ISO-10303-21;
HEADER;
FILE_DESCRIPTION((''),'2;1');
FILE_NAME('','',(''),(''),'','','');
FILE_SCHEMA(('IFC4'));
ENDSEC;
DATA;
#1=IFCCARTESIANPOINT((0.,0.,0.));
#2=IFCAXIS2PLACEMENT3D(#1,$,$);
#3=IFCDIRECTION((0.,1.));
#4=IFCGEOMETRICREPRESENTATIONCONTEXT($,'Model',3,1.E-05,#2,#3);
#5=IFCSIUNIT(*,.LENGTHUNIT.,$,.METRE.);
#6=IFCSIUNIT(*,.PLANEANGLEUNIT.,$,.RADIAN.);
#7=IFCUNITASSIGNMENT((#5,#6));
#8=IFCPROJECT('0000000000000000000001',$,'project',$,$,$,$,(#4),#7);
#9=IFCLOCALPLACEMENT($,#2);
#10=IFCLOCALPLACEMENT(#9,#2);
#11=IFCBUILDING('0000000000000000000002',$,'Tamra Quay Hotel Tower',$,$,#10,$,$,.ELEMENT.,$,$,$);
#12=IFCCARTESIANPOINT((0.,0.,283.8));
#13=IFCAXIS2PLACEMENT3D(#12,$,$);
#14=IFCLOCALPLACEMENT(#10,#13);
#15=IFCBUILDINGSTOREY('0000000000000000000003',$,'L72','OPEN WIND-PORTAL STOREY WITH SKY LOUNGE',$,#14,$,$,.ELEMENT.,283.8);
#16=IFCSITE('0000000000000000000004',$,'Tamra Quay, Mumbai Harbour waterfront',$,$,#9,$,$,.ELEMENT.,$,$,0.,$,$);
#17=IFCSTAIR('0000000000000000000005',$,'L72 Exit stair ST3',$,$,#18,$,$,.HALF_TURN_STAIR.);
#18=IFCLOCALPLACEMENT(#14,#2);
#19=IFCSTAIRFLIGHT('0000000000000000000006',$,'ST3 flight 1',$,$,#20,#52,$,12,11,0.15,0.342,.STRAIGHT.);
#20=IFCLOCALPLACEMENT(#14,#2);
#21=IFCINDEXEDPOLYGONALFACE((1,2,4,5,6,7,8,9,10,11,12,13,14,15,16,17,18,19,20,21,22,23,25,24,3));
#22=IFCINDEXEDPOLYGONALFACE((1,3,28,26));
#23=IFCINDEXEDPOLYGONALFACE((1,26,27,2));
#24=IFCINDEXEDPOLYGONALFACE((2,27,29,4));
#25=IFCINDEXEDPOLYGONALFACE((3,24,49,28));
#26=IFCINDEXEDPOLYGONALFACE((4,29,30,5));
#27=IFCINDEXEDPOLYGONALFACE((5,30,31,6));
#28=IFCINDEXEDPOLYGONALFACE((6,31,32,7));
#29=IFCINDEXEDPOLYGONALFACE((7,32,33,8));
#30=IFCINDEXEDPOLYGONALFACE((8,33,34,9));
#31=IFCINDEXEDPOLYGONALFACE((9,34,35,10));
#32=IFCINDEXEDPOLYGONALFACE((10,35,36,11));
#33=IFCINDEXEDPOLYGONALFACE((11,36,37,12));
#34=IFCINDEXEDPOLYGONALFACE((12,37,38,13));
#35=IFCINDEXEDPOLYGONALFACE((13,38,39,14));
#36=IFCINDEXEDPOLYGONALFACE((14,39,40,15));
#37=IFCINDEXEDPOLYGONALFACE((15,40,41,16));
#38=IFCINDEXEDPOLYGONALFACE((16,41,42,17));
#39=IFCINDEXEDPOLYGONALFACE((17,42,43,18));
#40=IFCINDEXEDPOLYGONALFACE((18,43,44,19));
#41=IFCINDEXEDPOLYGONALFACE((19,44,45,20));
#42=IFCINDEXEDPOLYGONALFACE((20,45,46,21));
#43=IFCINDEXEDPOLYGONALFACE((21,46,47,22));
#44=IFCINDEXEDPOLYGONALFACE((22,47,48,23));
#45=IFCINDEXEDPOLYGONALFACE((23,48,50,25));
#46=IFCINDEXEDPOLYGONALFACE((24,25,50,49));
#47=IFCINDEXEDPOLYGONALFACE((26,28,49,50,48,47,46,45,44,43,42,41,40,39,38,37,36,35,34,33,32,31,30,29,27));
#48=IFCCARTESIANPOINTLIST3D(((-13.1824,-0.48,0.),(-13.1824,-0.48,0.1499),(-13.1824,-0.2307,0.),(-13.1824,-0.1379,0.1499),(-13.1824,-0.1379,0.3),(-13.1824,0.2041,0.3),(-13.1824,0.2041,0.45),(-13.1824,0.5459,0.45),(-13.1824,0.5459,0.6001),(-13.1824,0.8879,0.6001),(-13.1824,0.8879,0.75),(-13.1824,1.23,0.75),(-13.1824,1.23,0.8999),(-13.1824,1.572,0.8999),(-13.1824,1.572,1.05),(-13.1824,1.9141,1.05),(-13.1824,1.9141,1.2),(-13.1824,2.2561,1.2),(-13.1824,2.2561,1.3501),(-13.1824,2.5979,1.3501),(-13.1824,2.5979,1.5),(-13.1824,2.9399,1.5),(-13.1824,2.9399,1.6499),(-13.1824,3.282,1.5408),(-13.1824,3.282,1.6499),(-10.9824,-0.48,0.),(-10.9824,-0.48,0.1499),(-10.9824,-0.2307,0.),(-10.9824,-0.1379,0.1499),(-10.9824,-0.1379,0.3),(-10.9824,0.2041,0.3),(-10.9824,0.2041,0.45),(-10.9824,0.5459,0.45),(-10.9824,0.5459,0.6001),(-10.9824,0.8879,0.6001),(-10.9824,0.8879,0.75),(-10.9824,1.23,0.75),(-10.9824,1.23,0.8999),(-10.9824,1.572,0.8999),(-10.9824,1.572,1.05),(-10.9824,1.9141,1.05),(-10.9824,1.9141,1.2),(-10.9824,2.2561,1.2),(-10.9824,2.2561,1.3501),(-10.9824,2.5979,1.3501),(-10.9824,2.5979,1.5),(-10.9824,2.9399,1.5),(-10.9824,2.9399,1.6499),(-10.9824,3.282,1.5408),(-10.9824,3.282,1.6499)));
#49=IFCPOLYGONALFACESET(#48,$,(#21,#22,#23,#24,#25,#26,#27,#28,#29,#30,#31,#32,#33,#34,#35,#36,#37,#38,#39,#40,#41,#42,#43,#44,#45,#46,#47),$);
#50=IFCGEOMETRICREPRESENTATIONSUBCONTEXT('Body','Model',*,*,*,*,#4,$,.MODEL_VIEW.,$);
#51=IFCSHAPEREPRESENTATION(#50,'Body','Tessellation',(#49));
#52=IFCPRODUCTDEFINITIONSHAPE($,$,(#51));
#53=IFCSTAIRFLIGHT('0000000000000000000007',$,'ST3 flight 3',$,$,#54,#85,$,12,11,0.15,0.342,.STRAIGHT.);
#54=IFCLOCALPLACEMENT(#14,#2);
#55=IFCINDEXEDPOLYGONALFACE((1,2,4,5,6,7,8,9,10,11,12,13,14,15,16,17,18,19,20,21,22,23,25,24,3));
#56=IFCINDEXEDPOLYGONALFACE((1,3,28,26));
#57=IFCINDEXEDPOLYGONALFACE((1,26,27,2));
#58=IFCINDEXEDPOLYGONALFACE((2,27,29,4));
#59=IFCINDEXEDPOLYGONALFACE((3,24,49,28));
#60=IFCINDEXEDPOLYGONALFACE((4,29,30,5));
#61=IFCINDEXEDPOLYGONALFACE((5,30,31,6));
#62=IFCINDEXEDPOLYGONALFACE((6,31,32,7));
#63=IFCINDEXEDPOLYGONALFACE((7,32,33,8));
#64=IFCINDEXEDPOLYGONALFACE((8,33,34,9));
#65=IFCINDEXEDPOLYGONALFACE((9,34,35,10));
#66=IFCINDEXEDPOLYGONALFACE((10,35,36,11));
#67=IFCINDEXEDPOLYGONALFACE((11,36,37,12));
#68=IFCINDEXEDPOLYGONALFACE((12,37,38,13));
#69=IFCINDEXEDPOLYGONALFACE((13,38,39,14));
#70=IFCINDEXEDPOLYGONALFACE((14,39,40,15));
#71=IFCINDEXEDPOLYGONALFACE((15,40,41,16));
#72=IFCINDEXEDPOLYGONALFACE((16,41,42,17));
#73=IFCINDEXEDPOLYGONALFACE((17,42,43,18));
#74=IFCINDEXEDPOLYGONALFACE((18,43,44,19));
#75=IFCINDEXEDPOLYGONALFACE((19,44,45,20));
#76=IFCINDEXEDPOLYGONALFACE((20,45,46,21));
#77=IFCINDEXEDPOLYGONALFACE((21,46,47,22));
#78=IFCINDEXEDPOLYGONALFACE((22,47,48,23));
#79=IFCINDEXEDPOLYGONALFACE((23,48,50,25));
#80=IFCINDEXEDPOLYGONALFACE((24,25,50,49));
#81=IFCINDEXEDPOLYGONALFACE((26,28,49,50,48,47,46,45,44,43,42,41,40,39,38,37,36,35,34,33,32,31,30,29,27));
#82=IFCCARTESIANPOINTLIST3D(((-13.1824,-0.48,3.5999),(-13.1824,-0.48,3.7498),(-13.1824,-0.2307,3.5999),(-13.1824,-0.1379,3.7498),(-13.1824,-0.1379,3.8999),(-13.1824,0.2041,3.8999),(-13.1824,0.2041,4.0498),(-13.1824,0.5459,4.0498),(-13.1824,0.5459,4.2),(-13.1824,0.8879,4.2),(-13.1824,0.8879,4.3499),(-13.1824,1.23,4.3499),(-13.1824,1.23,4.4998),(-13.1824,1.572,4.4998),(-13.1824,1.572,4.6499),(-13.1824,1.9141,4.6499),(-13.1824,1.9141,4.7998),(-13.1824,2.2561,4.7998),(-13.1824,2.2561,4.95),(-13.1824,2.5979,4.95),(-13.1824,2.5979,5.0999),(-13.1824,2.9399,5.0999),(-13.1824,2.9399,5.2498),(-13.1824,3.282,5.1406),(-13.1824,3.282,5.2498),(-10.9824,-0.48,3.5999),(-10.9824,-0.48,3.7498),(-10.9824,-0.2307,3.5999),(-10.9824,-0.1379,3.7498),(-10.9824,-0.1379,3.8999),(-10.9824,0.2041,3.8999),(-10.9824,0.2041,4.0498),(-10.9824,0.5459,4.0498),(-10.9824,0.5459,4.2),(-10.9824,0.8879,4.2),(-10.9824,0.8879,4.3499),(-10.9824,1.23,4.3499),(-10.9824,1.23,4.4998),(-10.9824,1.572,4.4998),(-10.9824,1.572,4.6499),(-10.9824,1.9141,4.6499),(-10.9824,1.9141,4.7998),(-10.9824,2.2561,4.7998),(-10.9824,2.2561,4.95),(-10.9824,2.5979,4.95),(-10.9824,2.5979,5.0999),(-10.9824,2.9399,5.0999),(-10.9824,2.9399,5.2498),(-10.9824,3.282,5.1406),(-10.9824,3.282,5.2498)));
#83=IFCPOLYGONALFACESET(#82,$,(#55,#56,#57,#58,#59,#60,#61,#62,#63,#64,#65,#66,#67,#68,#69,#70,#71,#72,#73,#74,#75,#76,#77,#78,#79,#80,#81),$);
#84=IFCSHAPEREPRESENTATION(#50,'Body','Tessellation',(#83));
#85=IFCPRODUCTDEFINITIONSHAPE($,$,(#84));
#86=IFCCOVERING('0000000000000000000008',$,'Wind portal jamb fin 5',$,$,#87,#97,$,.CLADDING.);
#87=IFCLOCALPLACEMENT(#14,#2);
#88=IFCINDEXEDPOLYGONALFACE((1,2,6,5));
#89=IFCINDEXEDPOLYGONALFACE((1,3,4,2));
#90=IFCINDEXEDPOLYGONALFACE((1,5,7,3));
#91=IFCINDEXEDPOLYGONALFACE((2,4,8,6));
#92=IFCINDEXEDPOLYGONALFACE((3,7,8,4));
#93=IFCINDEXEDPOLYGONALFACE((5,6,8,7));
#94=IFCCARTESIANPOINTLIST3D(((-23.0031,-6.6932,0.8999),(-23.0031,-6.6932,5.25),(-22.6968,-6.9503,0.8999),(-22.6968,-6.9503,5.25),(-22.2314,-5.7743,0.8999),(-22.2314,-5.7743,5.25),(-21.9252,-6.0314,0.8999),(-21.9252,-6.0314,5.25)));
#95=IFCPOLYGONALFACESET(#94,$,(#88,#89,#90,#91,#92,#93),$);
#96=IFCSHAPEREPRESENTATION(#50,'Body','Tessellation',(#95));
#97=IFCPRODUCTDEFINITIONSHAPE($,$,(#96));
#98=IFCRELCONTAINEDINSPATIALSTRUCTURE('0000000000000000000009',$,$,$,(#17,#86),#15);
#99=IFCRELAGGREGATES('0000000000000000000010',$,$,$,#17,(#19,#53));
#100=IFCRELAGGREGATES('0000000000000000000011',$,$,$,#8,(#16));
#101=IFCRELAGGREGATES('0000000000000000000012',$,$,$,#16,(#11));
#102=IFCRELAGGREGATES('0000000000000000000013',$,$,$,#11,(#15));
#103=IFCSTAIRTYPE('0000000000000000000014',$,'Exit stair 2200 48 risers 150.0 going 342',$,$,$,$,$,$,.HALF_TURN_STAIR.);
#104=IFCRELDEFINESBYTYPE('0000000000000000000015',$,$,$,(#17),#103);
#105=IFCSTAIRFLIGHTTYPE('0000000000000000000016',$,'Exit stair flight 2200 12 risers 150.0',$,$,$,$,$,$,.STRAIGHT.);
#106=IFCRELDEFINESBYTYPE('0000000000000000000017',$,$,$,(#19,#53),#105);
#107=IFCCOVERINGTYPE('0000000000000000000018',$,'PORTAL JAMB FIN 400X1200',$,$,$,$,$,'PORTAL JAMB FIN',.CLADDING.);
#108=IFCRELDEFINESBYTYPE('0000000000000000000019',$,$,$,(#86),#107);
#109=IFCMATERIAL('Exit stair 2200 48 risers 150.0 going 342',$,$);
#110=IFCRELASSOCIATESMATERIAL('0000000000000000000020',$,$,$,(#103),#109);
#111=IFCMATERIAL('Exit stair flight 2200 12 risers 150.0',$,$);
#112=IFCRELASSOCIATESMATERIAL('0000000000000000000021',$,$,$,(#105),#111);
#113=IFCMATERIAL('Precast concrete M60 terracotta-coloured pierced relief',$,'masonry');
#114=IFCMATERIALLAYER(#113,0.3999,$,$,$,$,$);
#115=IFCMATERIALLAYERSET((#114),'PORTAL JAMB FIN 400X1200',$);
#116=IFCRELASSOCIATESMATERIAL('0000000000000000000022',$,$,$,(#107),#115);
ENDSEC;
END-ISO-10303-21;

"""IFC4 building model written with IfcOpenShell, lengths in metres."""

from ifc_helpers import new_model, si_unit, direction, frame, origin, origin_2d, place, context, subcontext, project, spatial, polyline, rectangle, outline, extrude, material, layer, layer_set, type_object, element, aggregate, save


model = new_model("IFC4")

# Units and contexts
model_context = context("Model", 3, precision=1e-05, world=origin(), true_north=direction((0.0, 1.0)))
body_context = subcontext(model_context, "Body", "Model", "MODEL_VIEW")
ifc_project = project(units=[si_unit("LENGTHUNIT", "METRE"), si_unit("PLANEANGLEUNIT", "RADIAN")], contexts=[model_context])

# Site, building, storey
site_placement = place(None, origin())
site = spatial("IfcSite", under=ifc_project, at=site_placement, Name="Tamra Quay, Mumbai Harbour waterfront", CompositionType="ELEMENT", RefElevation=0.0)
building_placement = place(site_placement, origin())
building = spatial("IfcBuilding", under=site, at=building_placement, Name="Tamra Quay Hotel Tower", CompositionType="ELEMENT")
storey_placement = place(building_placement, frame((0.0, 0.0, 283.8)))
storey = spatial("IfcBuildingStorey", under=building, at=storey_placement, Name="L72", Description="OPEN WIND-PORTAL STOREY WITH SKY LOUNGE", CompositionType="ELEMENT", Elevation=283.8)

# Stair, stair flights
ifc_material_1 = material(Name="Exit stair 2200 48 risers 150.0 going 342")
stair_type = type_object("IfcStairType", Name="Exit stair 2200 48 risers 150.0 going 342", PredefinedType="HALF_TURN_STAIR", material=ifc_material_1)
stair_placement = place(storey_placement, origin())
stair = element("IfcStair", 1, at=stair_placement, inside=storey, type_object=stair_type, Name="L72 Exit stair ST3", PredefinedType="HALF_TURN_STAIR")
ifc_material_2 = material(Name="Exit stair flight 2200 12 risers 150.0")
stair_flight_type = type_object("IfcStairFlightType", Name="Exit stair flight 2200 12 risers 150.0", PredefinedType="STRAIGHT", material=ifc_material_2)
stair_flight_1_placement = place(storey_placement, frame((-12.0823, -0.48, 0.0), z_axis=(0.0, 0.0, 1.0), x_axis=(0.0, 1.0, 0.0)))
stair_flight_1 = element("IfcStairFlight", 2, at=stair_flight_1_placement, type_object=stair_flight_type, Name="ST3 flight 1", NumberOfRisers=12, NumberOfTreads=11, PredefinedType="STRAIGHT", RiserHeight=0.15, TreadLength=0.342, context=body_context, shape_type="SweptSolid", body=[
    extrude(outline(polyline([(0.0, 0.0), (0.0, 0.1499), (0.342, 0.1499), (0.342, 0.3), (0.6841, 0.3), (0.6841, 0.45), (1.0259, 0.45), (1.0259, 0.6001), (1.3679, 0.6001), (1.3679, 0.75), (1.71, 0.75), (1.71, 0.8999), (2.052, 0.8999), (2.052, 1.05), (2.394, 1.05), (2.394, 1.2), (2.7361, 1.2), (2.7361, 1.3501), (3.0779, 1.3501), (3.0779, 1.5), (3.4199, 1.5), (3.4199, 1.6499), (3.762, 1.6499), (3.762, 1.8), (3.762, 1.5408), (0.2493, 0.0), (0.0, 0.0)])), frame((0.0, 1.1001, 0.0), z_axis=(0.0, -1.0, 0.0), x_axis=(1.0, 0.0, 0.0)), (0.0, 0.0, 1.0), 2.2),
])
stair_flight_2_placement = place(storey_placement, frame((-12.0823, -0.48, 3.5999), z_axis=(0.0, 0.0, 1.0), x_axis=(0.0, 1.0, 0.0)))
stair_flight_2 = element("IfcStairFlight", 3, at=stair_flight_2_placement, type_object=stair_flight_type, Name="ST3 flight 3", NumberOfRisers=12, NumberOfTreads=11, PredefinedType="STRAIGHT", RiserHeight=0.15, TreadLength=0.342, context=body_context, shape_type="SweptSolid", body=[
    extrude(outline(polyline([(0.0, 0.0), (0.0, 0.1499), (0.342, 0.1499), (0.342, 0.3), (0.6841, 0.3), (0.6841, 0.45), (1.0259, 0.45), (1.0259, 0.6001), (1.3679, 0.6001), (1.3679, 0.75), (1.71, 0.75), (1.71, 0.8999), (2.052, 0.8999), (2.052, 1.05), (2.394, 1.05), (2.394, 1.2), (2.7361, 1.2), (2.7361, 1.3501), (3.0779, 1.3501), (3.0779, 1.5), (3.4199, 1.5), (3.4199, 1.6499), (3.762, 1.6499), (3.762, 1.8), (3.762, 1.5408), (0.2493, 0.0), (0.0, 0.0)])), frame((0.0, 1.1001, 0.0), z_axis=(0.0, -1.0, 0.0), x_axis=(1.0, 0.0, 0.0)), (0.0, 0.0, 1.0), 2.2),
])
aggregate(stair, [stair_flight_1, stair_flight_2])

# Covering
ifc_material_3 = material(Name="Precast concrete M60 terracotta-coloured pierced relief", Category="masonry")
ifc_layer_1 = layer(ifc_material_3, 0.3999)
ifc_layer_set_1 = layer_set([ifc_layer_1], Name="PORTAL JAMB FIN 400X1200")
covering_type_1 = type_object("IfcCoveringType", Name="PORTAL JAMB FIN 400X1200", ElementType="PORTAL JAMB FIN", PredefinedType="CLADDING", material=ifc_layer_set_1)
covering_placement = place(storey_placement, frame((-22.4641, -6.3623, 0.8999), z_axis=(0.0, 0.0, 1.0), x_axis=(0.765793, -0.643087, 0.0)))
element("IfcCovering", 4, at=covering_placement, inside=storey, type_object=covering_type_1, Name="Wind portal jamb fin 5", PredefinedType="CLADDING", context=body_context, shape_type="SweptSolid", body=[
    extrude(rectangle(XDim=0.3999, YDim=1.2, at=origin_2d()), origin(), (0.0, 0.0, 1.0), 4.3501),
])

save(model, "model.ifc")
